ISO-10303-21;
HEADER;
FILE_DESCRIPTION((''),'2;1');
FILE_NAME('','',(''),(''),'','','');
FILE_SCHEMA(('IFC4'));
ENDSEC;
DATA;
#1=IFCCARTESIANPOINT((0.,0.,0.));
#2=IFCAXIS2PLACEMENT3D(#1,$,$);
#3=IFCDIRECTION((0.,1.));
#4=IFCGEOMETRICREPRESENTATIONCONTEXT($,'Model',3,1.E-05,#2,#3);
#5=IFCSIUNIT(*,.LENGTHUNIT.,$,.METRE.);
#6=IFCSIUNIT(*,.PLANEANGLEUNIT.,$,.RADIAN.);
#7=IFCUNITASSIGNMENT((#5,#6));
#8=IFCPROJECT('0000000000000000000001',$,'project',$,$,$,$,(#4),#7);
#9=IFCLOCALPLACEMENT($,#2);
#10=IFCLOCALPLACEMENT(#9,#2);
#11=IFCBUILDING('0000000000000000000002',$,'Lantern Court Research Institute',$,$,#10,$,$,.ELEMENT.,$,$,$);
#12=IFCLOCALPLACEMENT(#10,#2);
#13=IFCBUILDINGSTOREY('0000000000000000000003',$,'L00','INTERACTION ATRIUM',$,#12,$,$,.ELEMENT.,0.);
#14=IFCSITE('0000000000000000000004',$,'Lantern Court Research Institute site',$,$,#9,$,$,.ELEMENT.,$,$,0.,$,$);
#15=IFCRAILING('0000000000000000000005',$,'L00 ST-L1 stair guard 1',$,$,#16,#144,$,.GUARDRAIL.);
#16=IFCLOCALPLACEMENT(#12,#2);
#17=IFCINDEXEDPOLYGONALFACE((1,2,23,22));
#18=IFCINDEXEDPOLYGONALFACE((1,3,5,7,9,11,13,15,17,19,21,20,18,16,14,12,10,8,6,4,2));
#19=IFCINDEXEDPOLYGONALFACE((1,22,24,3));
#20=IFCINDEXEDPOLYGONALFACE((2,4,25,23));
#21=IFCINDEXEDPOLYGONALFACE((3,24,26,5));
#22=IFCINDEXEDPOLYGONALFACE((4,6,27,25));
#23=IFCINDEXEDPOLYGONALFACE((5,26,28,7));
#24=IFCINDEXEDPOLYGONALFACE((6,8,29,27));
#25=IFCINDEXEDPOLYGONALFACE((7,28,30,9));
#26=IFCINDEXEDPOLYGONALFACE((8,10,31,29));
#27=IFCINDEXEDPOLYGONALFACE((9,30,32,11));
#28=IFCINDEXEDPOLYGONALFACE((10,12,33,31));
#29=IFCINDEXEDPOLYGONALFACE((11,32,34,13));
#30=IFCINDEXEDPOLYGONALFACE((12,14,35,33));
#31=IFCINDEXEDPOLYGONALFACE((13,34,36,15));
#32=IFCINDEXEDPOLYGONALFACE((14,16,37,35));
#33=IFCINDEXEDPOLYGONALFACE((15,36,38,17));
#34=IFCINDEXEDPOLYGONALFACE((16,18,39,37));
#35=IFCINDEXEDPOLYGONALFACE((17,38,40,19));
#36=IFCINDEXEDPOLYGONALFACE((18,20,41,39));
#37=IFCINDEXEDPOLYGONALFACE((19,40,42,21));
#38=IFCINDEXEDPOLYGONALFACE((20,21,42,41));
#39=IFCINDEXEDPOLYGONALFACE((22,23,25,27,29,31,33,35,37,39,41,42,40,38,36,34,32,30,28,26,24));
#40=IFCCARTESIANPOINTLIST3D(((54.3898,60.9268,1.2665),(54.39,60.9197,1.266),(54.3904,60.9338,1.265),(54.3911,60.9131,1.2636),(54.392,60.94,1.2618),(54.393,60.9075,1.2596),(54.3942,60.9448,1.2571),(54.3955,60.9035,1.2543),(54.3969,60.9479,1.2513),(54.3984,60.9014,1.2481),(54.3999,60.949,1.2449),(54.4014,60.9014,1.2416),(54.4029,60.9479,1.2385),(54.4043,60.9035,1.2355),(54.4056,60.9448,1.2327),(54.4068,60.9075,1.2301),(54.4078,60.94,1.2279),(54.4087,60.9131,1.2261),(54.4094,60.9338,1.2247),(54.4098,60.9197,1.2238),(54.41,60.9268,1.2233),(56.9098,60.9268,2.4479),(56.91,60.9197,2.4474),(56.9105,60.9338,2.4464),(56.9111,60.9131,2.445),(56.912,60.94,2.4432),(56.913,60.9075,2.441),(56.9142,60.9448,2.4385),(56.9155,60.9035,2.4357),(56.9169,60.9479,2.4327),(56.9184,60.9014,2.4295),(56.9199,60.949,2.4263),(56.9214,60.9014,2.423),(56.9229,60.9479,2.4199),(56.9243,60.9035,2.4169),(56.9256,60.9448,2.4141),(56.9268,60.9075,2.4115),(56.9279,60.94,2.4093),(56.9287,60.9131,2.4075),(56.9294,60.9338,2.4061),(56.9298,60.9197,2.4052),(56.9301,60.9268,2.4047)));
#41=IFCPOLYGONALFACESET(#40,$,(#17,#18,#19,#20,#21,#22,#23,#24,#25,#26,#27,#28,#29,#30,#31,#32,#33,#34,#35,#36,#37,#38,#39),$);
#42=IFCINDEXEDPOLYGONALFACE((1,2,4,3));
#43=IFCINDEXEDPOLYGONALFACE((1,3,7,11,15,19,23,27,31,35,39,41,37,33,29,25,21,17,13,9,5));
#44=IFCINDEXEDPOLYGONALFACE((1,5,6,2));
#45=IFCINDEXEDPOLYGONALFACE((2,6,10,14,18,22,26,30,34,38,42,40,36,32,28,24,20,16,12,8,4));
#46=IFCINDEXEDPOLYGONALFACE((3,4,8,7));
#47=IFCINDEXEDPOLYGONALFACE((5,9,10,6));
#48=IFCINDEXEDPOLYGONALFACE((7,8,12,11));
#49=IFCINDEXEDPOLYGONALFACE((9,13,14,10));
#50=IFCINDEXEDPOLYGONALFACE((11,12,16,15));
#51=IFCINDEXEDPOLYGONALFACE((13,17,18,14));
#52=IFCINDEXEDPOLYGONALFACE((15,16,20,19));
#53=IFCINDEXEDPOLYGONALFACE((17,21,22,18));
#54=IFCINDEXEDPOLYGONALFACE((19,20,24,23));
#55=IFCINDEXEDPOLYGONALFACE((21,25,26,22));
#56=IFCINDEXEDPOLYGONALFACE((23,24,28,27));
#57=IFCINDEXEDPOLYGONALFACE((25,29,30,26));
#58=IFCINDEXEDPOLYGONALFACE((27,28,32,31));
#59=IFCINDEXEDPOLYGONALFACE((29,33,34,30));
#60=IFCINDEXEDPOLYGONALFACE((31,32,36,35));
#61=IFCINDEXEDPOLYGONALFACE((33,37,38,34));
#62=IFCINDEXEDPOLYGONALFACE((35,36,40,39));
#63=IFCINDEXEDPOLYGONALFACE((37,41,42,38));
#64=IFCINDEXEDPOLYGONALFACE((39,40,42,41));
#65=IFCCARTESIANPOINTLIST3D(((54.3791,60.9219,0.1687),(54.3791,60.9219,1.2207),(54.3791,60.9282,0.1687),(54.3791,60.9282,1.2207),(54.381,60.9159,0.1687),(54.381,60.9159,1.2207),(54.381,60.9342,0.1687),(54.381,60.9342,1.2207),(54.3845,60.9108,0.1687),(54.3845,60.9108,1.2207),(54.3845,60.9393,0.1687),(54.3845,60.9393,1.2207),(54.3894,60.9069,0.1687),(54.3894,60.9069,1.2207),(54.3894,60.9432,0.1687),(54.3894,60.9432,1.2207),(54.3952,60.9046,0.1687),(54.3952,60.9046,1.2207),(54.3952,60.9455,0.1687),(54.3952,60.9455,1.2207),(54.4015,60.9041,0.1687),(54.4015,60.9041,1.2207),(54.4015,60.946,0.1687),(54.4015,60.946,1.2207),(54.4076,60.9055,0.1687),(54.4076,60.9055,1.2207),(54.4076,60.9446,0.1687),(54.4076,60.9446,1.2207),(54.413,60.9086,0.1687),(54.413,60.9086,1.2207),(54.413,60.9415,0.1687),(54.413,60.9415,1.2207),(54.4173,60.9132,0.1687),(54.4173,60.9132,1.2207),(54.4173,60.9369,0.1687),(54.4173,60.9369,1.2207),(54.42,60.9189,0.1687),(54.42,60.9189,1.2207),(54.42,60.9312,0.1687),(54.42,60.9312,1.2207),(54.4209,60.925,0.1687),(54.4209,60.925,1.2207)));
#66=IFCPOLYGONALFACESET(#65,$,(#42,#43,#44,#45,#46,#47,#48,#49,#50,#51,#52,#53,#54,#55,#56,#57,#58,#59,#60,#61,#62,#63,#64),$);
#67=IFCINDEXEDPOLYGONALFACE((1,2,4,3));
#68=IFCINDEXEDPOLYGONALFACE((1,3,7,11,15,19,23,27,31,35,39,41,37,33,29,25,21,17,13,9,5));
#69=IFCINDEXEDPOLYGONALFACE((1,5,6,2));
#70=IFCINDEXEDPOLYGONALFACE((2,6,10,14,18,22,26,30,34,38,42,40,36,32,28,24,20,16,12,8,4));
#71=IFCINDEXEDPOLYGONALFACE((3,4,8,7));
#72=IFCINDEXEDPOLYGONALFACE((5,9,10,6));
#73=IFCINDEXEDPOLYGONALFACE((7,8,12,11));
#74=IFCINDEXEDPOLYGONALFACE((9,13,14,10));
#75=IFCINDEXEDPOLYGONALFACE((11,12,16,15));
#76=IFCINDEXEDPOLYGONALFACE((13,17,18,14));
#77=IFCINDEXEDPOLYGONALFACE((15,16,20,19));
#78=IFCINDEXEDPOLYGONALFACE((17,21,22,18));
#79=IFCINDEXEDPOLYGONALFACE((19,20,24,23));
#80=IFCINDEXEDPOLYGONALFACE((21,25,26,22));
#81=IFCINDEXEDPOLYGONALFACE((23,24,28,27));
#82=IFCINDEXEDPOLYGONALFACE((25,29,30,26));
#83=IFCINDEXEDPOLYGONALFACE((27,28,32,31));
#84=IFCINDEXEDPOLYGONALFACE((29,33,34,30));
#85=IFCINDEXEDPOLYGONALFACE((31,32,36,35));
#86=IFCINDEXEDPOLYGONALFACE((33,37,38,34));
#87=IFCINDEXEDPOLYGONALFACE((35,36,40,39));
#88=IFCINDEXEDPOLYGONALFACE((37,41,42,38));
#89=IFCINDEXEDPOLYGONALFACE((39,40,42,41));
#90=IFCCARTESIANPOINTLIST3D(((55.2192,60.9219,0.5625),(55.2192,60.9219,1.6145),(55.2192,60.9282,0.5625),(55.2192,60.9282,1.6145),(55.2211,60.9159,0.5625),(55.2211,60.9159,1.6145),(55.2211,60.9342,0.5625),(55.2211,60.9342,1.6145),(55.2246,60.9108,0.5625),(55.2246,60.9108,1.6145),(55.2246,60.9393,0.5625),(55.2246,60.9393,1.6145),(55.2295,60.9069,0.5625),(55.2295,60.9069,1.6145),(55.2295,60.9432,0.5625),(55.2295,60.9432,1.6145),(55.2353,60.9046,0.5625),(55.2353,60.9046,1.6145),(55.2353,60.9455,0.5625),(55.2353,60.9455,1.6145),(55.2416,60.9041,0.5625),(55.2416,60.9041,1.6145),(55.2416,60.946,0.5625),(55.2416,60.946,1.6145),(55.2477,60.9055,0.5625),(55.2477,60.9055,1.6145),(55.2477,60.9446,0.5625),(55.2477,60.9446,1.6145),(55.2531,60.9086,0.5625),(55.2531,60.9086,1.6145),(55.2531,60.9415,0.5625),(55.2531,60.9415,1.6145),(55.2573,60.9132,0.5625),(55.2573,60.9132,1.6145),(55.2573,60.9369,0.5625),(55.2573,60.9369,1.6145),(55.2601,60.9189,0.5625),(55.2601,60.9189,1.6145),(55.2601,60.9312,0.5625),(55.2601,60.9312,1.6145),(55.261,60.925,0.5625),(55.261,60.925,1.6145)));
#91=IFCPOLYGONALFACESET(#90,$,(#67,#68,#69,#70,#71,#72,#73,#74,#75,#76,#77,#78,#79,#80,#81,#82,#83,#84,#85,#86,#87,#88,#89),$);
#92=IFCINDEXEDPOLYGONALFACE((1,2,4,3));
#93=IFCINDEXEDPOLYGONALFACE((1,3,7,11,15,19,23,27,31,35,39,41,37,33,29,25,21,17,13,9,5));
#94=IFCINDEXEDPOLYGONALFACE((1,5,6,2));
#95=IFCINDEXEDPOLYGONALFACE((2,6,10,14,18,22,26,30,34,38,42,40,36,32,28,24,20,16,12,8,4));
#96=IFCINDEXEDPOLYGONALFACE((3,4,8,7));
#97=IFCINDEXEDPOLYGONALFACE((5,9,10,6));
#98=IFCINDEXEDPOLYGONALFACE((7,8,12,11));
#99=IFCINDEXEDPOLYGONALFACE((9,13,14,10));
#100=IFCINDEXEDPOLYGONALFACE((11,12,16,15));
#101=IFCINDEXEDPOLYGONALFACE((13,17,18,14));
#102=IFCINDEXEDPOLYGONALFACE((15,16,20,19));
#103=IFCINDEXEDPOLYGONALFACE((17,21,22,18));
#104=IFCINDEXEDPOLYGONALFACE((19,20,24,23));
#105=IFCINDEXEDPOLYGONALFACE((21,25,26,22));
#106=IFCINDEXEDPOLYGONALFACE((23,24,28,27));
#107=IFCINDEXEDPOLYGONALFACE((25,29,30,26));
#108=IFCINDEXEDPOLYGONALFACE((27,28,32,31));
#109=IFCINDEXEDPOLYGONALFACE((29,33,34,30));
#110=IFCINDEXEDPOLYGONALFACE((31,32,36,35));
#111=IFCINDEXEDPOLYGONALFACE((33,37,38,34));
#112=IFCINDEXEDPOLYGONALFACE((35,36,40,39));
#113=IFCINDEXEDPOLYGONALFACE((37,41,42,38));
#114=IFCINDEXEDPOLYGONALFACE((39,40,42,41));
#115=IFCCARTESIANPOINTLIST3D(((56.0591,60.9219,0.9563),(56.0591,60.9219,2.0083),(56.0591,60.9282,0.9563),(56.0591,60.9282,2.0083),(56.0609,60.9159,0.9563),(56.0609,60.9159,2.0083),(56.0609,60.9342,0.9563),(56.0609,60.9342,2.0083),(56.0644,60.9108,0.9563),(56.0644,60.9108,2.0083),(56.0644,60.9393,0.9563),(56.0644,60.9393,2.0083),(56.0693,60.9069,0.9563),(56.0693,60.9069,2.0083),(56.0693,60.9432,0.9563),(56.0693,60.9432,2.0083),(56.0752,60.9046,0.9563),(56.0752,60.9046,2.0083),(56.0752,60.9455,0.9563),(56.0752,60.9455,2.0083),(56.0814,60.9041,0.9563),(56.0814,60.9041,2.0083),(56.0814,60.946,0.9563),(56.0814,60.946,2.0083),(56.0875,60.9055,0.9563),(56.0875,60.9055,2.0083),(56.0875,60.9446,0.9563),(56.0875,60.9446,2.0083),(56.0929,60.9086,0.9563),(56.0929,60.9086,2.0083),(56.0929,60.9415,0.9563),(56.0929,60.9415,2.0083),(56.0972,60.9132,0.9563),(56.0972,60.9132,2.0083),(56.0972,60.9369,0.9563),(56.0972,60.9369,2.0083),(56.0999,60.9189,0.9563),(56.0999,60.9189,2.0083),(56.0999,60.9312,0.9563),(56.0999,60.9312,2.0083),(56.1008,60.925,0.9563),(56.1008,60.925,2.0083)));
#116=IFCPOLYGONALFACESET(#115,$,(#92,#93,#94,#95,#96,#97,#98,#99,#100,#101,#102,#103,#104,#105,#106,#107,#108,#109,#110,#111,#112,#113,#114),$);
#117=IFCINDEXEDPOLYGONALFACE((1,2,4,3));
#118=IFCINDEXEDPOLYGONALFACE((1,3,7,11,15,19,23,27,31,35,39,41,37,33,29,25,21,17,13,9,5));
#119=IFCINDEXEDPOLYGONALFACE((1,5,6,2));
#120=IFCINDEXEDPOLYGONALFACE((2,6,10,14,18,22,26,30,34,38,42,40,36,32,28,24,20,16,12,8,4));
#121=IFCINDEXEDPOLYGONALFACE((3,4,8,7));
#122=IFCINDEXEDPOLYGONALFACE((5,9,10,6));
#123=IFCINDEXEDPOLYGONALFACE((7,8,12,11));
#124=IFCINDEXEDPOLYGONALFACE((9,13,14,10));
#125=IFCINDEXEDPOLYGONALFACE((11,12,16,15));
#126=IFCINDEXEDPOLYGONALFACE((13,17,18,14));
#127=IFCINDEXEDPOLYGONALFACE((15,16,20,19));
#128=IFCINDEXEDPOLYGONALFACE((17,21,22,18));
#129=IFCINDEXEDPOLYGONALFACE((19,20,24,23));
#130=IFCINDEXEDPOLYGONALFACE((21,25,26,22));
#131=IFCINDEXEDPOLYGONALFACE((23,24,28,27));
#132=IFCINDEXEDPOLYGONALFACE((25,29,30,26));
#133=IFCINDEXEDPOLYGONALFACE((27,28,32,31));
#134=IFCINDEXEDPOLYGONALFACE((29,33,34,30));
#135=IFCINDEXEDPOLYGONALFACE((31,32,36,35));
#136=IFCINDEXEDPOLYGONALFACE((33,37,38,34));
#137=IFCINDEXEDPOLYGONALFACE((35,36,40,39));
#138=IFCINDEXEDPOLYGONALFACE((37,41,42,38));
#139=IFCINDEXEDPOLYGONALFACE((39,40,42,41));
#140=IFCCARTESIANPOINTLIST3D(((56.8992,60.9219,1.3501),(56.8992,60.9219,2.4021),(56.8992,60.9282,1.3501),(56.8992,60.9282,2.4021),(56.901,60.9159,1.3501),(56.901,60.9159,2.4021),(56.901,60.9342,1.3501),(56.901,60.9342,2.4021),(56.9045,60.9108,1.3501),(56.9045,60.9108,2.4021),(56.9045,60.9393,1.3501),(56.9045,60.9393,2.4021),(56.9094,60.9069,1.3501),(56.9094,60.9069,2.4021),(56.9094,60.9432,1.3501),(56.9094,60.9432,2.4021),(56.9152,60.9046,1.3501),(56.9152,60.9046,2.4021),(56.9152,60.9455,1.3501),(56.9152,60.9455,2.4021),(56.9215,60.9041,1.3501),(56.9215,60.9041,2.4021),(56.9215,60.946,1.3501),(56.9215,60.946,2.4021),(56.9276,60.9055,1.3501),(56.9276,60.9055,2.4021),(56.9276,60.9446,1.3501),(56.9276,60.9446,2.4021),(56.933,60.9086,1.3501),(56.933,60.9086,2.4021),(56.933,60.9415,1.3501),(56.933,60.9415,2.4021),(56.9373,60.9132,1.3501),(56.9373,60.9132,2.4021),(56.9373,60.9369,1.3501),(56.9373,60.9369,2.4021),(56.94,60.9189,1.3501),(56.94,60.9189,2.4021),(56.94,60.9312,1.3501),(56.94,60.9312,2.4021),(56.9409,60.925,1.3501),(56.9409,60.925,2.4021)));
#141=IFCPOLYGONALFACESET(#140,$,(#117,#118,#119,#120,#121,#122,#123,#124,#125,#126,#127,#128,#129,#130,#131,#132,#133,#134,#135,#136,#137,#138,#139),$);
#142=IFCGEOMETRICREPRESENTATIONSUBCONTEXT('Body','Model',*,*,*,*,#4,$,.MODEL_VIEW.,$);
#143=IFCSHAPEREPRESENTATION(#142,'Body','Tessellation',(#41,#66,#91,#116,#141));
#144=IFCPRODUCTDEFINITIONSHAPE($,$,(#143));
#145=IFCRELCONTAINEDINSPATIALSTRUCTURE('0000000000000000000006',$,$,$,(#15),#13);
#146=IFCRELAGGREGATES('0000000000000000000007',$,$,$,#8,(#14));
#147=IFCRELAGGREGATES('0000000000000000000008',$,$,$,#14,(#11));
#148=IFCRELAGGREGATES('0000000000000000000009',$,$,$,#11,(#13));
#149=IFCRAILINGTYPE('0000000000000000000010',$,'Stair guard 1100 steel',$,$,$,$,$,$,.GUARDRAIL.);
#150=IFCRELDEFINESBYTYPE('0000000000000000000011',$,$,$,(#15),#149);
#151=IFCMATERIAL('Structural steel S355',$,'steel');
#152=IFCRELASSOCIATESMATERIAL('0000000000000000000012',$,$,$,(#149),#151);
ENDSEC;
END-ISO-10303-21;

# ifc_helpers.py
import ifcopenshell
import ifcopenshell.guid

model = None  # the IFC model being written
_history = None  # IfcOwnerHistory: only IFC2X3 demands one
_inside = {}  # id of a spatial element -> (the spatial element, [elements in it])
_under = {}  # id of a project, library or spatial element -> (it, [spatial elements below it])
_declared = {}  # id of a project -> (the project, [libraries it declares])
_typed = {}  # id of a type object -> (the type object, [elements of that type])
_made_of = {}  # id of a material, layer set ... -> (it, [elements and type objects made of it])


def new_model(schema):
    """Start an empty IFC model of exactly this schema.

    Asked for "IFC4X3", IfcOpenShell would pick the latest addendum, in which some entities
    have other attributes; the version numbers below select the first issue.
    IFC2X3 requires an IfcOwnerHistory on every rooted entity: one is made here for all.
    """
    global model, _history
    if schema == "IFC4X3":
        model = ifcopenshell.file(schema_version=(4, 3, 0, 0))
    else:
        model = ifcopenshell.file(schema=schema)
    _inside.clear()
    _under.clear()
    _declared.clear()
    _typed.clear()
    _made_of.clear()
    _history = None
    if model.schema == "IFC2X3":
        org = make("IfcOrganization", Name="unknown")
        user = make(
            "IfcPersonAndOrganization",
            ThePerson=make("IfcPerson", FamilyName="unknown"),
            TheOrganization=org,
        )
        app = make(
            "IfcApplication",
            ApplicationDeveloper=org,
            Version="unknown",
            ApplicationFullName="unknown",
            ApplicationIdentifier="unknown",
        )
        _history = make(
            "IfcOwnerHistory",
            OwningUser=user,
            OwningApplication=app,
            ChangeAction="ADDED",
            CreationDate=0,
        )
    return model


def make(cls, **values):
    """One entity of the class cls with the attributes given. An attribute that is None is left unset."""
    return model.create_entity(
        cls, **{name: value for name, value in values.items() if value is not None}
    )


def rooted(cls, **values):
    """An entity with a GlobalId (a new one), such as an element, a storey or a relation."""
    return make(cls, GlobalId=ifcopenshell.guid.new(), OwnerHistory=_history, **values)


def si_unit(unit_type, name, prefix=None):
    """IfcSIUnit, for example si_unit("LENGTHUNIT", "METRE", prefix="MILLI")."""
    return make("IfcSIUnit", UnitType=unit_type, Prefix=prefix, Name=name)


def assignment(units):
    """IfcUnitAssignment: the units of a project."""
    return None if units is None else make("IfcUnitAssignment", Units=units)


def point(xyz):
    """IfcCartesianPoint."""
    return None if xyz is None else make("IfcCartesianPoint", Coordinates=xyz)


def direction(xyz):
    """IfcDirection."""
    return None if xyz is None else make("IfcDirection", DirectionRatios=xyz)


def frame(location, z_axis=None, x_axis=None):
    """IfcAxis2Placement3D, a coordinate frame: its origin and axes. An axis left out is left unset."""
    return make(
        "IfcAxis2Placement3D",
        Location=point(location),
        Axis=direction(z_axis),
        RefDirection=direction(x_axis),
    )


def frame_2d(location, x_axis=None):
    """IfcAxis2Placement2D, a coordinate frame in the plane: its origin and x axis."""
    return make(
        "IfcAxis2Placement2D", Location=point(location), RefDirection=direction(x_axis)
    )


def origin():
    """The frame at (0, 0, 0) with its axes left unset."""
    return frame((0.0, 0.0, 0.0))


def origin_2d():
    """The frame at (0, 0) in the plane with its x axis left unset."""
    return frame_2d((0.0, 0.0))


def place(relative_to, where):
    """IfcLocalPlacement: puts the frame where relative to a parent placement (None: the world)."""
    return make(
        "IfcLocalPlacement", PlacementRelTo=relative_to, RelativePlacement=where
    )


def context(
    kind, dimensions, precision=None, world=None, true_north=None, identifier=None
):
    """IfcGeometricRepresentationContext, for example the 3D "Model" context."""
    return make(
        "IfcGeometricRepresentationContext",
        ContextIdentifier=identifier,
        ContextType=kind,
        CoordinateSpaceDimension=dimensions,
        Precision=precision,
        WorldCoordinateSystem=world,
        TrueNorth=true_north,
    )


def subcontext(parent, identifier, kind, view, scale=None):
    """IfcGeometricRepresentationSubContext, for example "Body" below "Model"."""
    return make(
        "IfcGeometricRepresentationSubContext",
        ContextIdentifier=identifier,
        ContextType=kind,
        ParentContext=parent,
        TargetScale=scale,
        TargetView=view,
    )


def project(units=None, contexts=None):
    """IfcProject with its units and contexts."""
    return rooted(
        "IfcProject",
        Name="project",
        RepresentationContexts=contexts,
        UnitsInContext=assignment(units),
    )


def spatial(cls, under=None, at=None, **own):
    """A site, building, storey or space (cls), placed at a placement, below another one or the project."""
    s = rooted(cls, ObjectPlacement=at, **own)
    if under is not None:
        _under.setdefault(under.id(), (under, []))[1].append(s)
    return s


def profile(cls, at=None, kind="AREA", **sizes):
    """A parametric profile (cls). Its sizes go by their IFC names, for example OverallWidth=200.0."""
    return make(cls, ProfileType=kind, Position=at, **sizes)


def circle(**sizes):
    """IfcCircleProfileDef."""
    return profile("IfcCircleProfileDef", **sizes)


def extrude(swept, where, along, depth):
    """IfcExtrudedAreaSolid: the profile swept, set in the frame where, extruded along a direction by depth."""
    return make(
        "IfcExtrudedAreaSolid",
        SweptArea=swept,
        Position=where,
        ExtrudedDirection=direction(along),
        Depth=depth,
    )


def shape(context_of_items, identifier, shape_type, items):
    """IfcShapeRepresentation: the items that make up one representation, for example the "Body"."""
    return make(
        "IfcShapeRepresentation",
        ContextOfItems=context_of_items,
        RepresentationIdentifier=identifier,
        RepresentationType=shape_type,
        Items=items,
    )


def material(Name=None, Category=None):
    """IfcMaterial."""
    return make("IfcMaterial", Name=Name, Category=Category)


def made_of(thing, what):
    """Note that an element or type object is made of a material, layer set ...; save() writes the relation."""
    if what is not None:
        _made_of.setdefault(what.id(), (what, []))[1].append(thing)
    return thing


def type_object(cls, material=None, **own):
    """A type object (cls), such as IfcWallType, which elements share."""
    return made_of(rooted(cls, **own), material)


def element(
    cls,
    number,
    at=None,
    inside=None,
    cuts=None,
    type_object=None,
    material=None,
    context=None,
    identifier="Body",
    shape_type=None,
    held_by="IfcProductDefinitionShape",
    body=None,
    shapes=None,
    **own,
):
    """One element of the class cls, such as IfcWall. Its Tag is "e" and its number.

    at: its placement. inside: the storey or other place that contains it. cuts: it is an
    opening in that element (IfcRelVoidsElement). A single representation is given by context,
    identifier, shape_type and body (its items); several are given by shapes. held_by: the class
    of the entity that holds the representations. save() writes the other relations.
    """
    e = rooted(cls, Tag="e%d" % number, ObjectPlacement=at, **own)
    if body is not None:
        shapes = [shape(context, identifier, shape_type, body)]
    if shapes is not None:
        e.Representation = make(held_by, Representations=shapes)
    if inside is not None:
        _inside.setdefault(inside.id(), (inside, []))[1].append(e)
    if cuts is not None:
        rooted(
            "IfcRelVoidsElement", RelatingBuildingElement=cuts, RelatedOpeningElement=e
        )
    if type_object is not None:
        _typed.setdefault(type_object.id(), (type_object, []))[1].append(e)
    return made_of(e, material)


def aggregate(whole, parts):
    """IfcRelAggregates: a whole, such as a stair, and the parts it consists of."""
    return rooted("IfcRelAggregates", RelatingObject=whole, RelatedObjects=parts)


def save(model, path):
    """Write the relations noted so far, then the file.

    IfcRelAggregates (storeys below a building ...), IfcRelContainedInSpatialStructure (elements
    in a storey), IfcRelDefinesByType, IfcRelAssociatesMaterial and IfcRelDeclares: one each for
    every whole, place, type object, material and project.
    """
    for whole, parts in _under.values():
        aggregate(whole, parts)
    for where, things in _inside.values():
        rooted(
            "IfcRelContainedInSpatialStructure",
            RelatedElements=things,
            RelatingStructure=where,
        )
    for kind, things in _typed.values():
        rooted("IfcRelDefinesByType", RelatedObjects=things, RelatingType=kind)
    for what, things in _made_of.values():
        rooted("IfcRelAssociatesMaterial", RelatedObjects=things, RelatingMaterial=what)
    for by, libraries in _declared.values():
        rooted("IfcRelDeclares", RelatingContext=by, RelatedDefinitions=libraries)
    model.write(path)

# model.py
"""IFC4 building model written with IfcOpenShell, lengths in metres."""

from ifc_helpers import new_model, si_unit, direction, frame, origin, origin_2d, place, context, subcontext, project, spatial, circle, extrude, material, type_object, element, save


model = new_model("IFC4")

# Units and contexts
model_context = context("Model", 3, precision=1e-05, world=origin(), true_north=direction((0.0, 1.0)))
body_context = subcontext(model_context, "Body", "Model", "MODEL_VIEW")
ifc_project = project(units=[si_unit("LENGTHUNIT", "METRE"), si_unit("PLANEANGLEUNIT", "RADIAN")], contexts=[model_context])

# Site, building, storey
site_placement = place(None, origin())
site = spatial("IfcSite", under=ifc_project, at=site_placement, Name="Lantern Court Research Institute site", CompositionType="ELEMENT", RefElevation=0.0)
building_placement = place(site_placement, origin())
building = spatial("IfcBuilding", under=site, at=building_placement, Name="Lantern Court Research Institute", CompositionType="ELEMENT")
storey_placement = place(building_placement, origin())
storey = spatial("IfcBuildingStorey", under=building, at=storey_placement, Name="L00", Description="INTERACTION ATRIUM", CompositionType="ELEMENT", Elevation=0.0)

# Railing
ifc_material_1 = material(Name="Structural steel S355", Category="steel")
railing_type_1 = type_object("IfcRailingType", Name="Stair guard 1100 steel", PredefinedType="GUARDRAIL", material=ifc_material_1)
for number, where, name in (
    (1, (54.3999, 60.925, 0.1687), "L00 ST-L1 stair guard 1"),
):
    element("IfcRailing", number, at=place(storey_placement, frame(where)), inside=storey, type_object=railing_type_1, Name=name, PredefinedType="GUARDRAIL", context=body_context, shape_type="SweptSolid", body=[
        extrude(circle(Radius=0.0239, at=origin_2d()), frame((0.0, 0.0, 1.0762), z_axis=(0.90544, 0.0, 0.424474), x_axis=(0.0, 1.0, 0.0)), (0.0, 0.0, 1.0), 2.7832),
        extrude(circle(Radius=0.021, at=origin_2d()), origin(), (0.0, 0.0, 1.0), 1.052),
        extrude(circle(Radius=0.021, at=origin_2d()), frame((0.8401, 0.0, 0.3938)), (0.0, 0.0, 1.0), 1.052),
        extrude(circle(Radius=0.021, at=origin_2d()), frame((1.6799, 0.0, 0.7876)), (0.0, 0.0, 1.0), 1.052),
        extrude(circle(Radius=0.021, at=origin_2d()), frame((2.52, 0.0, 1.1814)), (0.0, 0.0, 1.0), 1.052),
    ])

save(model, "model.ifc")
